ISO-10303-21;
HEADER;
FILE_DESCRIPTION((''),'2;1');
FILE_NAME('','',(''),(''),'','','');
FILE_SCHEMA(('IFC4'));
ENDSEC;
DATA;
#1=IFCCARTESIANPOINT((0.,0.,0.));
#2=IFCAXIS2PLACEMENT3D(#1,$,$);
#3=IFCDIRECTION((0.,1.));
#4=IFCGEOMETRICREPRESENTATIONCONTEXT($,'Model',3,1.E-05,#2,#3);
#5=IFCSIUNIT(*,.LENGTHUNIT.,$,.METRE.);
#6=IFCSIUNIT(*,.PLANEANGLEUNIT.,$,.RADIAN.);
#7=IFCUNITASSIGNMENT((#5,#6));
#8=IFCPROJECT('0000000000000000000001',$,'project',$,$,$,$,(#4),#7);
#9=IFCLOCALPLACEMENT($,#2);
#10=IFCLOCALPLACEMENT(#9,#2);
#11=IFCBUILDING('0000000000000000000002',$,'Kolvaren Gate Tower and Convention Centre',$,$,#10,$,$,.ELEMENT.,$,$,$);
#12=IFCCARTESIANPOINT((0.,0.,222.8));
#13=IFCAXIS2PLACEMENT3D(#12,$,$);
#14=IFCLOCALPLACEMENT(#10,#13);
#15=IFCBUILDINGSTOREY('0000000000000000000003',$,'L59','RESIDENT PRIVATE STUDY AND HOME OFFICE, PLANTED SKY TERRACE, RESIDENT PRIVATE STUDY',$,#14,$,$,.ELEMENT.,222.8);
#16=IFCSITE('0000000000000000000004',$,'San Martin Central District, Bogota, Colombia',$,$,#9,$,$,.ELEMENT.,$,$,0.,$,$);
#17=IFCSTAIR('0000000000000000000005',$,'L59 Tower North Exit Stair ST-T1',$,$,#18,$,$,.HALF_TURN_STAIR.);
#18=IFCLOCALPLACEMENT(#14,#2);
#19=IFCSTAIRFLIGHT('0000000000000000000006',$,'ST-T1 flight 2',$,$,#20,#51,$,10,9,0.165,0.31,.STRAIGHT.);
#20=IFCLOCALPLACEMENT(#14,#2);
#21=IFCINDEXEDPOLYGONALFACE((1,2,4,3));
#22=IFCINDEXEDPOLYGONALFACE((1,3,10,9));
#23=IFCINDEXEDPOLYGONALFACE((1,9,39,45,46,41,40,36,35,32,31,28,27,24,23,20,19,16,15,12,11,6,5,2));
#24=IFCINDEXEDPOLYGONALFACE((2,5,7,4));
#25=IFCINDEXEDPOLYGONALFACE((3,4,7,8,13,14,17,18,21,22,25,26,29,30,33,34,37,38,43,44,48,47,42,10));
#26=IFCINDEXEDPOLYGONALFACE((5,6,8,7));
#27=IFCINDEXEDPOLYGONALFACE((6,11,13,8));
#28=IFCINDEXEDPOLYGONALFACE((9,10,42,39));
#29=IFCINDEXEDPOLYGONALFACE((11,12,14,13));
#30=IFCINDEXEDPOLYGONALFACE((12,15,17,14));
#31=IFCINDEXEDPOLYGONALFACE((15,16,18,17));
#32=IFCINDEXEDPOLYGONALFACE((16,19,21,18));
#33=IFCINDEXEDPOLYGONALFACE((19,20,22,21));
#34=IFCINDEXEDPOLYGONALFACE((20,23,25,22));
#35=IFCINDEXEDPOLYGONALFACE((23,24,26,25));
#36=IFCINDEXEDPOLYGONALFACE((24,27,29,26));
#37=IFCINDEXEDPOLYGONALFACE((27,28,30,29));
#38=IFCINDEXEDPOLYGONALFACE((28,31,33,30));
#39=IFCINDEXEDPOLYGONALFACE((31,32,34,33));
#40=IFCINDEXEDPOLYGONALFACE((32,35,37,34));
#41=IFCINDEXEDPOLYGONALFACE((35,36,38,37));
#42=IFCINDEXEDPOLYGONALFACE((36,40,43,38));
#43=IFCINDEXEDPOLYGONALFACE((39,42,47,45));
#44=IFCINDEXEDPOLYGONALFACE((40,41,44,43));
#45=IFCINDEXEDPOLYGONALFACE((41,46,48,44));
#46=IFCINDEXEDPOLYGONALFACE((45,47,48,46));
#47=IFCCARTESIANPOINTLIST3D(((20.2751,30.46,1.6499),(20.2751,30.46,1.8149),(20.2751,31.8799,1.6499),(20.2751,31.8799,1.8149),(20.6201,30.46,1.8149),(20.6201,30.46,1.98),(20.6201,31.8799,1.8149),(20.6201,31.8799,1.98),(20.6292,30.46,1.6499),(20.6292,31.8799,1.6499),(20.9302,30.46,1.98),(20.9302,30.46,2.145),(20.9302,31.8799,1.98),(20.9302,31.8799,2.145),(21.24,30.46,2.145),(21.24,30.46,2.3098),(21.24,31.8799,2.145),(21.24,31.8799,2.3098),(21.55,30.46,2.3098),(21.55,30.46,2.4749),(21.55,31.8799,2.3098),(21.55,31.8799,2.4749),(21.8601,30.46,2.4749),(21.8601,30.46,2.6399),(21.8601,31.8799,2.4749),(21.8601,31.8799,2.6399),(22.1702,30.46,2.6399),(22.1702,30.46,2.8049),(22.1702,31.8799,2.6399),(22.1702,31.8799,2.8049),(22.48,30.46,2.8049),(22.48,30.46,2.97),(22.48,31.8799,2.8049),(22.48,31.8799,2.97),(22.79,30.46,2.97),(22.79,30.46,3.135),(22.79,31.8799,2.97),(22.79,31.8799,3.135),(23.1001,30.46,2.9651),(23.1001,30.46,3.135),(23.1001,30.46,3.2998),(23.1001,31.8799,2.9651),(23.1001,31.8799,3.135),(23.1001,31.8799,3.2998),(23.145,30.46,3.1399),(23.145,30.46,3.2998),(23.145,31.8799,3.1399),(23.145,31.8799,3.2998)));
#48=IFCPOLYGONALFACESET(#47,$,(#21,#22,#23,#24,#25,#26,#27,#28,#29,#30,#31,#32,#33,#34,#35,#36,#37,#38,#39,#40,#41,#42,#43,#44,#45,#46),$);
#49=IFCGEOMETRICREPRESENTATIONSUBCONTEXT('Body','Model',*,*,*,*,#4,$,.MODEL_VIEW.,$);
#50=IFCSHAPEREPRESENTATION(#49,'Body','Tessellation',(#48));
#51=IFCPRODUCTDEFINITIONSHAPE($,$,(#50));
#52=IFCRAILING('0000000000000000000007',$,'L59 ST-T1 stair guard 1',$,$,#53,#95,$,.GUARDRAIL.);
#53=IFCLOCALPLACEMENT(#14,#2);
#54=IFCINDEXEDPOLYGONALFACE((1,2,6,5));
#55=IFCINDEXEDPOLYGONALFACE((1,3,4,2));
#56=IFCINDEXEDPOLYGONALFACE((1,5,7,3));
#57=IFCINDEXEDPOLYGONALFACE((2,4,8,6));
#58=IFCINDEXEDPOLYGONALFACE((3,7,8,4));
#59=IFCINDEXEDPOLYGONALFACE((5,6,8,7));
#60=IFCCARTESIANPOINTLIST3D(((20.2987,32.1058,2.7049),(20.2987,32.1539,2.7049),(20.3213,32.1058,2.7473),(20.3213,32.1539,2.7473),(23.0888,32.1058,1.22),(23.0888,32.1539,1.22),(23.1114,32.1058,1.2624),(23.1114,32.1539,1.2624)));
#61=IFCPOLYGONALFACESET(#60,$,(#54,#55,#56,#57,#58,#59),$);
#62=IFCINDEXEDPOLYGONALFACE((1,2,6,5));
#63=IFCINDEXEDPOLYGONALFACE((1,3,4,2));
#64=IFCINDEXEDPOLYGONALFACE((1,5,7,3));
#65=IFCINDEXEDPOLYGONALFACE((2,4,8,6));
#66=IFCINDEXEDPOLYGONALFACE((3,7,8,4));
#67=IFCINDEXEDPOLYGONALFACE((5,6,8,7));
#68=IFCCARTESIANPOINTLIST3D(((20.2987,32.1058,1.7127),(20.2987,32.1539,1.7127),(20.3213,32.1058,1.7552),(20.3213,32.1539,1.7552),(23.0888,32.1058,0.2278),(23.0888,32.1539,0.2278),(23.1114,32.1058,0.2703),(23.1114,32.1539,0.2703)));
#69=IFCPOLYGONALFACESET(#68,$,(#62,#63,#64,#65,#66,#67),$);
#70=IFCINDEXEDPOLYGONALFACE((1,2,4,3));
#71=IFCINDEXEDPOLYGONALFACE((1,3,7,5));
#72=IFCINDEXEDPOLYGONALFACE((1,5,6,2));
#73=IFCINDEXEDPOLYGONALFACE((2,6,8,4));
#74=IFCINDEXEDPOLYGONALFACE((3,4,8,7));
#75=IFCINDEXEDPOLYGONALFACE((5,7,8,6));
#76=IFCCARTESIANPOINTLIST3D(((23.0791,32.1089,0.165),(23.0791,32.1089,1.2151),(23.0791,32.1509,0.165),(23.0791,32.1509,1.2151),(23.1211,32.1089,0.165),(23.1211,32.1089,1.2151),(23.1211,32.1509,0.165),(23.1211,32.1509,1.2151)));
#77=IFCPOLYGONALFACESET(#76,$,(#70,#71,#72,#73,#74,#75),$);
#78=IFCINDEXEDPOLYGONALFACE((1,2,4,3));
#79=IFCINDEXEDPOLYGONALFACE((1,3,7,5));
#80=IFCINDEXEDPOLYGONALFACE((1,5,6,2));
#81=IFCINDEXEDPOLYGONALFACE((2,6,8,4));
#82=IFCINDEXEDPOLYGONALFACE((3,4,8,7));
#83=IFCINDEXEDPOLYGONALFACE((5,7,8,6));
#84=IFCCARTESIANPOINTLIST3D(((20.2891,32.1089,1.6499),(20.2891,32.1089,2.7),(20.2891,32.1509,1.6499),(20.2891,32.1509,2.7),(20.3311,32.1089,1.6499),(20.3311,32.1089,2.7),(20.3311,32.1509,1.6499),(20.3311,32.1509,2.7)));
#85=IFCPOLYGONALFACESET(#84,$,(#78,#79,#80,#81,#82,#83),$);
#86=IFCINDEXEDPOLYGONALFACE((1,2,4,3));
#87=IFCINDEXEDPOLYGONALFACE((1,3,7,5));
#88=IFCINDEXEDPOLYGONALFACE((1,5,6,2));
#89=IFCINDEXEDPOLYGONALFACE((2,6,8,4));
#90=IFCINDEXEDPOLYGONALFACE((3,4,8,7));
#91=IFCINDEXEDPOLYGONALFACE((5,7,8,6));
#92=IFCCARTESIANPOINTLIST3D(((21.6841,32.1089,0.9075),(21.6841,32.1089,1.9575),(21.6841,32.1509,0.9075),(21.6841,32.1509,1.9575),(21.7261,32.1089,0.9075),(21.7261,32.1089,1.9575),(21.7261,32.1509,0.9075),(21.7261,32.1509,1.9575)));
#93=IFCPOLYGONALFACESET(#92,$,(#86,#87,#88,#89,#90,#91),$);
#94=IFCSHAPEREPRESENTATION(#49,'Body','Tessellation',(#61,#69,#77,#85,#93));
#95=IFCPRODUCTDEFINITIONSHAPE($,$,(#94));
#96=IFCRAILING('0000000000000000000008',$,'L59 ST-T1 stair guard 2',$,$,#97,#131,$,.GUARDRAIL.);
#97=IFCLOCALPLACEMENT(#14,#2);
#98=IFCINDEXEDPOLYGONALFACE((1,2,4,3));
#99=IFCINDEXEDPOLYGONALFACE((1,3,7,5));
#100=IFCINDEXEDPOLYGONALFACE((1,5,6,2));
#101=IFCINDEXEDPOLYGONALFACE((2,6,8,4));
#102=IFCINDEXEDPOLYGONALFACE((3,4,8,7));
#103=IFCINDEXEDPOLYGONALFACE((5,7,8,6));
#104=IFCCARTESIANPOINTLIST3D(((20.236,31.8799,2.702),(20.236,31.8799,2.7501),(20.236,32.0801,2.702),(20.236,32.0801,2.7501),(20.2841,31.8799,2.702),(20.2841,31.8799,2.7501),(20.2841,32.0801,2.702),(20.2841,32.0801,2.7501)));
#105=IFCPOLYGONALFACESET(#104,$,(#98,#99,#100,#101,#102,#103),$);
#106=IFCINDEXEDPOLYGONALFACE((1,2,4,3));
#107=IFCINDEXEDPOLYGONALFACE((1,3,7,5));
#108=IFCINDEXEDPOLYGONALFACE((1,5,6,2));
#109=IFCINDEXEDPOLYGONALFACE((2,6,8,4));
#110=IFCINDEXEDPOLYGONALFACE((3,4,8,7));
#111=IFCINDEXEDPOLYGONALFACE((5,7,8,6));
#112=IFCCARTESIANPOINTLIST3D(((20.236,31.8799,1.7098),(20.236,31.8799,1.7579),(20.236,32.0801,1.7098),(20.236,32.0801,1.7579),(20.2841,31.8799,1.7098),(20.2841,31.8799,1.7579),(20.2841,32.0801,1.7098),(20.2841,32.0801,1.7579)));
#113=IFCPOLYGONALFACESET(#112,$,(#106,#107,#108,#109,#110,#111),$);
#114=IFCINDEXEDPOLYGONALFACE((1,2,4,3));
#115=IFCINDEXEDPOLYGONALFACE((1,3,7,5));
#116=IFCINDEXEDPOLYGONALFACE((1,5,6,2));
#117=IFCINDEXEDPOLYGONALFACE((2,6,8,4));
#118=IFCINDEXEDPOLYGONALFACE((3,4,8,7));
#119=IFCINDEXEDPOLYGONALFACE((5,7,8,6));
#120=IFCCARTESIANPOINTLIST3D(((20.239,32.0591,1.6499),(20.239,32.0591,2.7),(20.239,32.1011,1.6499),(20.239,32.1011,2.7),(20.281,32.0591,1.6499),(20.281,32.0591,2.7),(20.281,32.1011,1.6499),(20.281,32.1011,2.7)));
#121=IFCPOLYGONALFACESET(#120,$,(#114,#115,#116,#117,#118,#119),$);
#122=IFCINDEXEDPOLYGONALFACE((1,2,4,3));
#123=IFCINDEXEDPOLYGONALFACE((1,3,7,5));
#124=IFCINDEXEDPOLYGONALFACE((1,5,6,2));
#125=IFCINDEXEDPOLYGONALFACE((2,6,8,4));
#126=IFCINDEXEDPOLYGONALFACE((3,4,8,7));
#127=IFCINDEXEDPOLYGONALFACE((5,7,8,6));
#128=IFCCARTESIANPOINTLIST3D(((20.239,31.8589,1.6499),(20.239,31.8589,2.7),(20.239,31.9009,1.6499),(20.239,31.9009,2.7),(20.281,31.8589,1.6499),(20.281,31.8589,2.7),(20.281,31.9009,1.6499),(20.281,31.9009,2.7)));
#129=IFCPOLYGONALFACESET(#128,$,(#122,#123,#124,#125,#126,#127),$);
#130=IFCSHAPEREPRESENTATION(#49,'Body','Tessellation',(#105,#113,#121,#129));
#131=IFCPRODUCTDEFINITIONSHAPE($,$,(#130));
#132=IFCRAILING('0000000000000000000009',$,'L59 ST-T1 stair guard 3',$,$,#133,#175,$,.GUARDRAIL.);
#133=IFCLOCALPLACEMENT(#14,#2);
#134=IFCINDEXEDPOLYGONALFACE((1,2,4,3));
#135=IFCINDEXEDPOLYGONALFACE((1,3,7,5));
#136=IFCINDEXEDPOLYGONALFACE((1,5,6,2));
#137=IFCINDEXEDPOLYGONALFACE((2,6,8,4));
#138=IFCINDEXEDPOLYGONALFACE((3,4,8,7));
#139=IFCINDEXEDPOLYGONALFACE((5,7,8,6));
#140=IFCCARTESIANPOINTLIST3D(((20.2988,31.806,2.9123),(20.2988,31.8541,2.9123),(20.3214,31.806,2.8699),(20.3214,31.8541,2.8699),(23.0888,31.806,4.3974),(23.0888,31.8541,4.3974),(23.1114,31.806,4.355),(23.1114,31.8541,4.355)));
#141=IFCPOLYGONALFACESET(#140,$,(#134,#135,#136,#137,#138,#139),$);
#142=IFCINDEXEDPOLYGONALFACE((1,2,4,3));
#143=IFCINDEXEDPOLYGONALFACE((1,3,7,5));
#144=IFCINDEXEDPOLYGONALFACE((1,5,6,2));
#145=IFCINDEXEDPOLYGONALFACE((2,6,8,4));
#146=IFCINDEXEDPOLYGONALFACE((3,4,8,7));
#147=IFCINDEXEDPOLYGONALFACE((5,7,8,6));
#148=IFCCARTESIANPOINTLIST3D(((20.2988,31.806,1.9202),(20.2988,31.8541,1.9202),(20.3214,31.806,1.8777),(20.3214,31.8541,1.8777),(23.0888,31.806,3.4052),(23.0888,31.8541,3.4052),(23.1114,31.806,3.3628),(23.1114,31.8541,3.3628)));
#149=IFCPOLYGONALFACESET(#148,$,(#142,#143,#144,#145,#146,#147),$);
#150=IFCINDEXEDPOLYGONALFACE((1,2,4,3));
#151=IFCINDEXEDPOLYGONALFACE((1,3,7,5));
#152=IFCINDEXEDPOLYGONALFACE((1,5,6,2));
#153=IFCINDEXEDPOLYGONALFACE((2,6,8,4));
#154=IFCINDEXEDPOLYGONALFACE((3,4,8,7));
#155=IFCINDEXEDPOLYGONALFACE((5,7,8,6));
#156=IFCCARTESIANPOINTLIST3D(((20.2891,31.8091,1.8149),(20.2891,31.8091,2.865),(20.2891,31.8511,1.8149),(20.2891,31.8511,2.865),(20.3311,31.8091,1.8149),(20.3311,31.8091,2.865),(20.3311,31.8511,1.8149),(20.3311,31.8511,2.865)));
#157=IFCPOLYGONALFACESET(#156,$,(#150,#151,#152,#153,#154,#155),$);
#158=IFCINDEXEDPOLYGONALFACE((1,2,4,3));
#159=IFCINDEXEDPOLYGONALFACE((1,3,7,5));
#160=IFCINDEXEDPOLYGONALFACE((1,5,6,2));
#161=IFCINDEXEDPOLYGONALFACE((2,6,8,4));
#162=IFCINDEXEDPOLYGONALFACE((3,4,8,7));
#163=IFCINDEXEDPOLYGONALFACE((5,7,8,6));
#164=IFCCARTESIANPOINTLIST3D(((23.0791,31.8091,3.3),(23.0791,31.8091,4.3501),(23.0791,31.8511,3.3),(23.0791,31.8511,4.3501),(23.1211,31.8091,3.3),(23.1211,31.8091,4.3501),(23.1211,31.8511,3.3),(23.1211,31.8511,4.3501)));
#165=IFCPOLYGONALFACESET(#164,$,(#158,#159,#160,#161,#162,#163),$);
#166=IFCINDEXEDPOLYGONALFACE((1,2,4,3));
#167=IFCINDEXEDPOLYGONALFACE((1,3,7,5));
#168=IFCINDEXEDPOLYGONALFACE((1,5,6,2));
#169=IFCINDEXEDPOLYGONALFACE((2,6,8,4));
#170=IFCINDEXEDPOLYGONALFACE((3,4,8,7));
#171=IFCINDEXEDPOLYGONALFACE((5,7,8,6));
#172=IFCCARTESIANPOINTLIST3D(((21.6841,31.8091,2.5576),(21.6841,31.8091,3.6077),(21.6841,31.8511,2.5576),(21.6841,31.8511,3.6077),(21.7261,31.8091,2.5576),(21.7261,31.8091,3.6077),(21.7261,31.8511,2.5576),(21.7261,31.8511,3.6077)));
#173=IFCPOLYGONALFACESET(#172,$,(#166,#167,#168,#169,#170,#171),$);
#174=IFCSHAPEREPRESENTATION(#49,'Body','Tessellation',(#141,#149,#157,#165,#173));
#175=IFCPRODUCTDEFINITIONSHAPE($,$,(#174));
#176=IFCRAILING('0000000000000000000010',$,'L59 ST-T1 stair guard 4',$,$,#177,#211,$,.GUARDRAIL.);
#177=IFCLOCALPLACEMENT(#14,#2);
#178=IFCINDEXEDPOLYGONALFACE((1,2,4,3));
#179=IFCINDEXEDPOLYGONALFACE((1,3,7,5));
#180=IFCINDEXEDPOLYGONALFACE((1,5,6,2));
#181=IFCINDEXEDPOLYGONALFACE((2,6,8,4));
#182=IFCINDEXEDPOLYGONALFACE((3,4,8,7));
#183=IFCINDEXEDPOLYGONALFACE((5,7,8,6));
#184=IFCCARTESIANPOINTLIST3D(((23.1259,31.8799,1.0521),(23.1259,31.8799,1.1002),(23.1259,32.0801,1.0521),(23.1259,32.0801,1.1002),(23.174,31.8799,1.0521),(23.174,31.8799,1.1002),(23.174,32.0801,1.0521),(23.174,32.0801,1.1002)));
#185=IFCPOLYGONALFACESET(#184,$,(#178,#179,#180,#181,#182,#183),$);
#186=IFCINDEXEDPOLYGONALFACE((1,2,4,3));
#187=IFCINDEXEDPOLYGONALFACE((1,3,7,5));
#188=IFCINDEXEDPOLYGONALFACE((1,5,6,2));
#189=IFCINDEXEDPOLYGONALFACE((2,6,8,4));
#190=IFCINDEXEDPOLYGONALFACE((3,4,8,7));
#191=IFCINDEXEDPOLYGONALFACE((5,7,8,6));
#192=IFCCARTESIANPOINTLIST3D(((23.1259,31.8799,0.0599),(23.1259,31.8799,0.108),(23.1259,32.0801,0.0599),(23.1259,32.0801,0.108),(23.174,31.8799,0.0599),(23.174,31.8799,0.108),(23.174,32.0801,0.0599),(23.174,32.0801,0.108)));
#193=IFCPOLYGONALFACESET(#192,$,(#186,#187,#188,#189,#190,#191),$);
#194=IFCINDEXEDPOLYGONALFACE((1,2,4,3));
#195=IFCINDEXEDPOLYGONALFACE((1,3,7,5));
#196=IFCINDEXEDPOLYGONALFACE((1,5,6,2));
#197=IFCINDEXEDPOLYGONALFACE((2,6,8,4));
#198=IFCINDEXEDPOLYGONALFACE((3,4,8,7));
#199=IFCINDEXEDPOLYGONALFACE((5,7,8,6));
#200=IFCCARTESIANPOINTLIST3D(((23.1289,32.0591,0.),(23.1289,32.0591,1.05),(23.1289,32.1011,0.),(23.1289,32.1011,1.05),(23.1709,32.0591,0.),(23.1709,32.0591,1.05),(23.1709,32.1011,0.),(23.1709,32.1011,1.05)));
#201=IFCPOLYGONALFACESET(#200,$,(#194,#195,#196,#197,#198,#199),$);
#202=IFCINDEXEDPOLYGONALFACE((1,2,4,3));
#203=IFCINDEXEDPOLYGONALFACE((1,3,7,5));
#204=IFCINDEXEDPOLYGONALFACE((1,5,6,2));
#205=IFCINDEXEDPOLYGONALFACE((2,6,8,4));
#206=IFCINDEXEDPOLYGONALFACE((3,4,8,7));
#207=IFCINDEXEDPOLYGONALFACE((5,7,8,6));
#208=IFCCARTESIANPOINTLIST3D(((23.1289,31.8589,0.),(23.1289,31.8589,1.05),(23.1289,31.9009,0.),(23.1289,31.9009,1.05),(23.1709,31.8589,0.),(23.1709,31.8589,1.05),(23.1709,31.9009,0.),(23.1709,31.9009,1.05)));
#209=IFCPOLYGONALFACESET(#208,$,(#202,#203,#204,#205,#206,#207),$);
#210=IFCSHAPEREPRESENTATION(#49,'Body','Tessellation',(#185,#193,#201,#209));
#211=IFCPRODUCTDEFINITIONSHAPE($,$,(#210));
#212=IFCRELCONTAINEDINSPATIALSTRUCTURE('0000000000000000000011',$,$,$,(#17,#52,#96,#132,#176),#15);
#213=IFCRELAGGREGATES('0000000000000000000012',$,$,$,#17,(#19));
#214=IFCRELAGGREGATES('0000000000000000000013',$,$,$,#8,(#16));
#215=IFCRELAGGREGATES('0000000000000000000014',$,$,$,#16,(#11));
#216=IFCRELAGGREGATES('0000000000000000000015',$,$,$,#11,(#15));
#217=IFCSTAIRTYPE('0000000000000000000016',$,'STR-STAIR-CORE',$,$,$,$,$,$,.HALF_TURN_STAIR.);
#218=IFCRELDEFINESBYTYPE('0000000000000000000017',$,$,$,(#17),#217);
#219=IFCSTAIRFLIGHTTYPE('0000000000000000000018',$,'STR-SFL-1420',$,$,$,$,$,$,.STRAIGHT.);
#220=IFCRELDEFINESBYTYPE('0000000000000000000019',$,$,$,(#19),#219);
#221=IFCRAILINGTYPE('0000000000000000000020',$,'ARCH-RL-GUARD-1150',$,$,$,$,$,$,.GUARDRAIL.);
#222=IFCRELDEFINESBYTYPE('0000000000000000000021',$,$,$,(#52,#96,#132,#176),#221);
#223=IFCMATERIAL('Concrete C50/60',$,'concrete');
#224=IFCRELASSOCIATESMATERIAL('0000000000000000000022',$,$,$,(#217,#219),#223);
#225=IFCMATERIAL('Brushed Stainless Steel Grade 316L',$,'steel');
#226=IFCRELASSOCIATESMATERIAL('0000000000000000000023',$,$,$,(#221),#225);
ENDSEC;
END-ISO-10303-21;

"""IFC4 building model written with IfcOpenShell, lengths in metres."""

from ifc_helpers import new_model, si_unit, direction, frame, origin, origin_2d, place, context, subcontext, project, spatial, polyline, rectangle, outline, extrude, material, type_object, element, aggregate, save


model = new_model("IFC4")

# Units and contexts
model_context = context("Model", 3, precision=1e-05, world=origin(), true_north=direction((0.0, 1.0)))
body_context = subcontext(model_context, "Body", "Model", "MODEL_VIEW")
ifc_project = project(units=[si_unit("LENGTHUNIT", "METRE"), si_unit("PLANEANGLEUNIT", "RADIAN")], contexts=[model_context])

# Site, building, storey
site_placement = place(None, origin())
site = spatial("IfcSite", under=ifc_project, at=site_placement, Name="San Martin Central District, Bogota, Colombia", CompositionType="ELEMENT", RefElevation=0.0)
building_placement = place(site_placement, origin())
building = spatial("IfcBuilding", under=site, at=building_placement, Name="Kolvaren Gate Tower and Convention Centre", CompositionType="ELEMENT")
storey_placement = place(building_placement, frame((0.0, 0.0, 222.8)))
storey = spatial("IfcBuildingStorey", under=building, at=storey_placement, Name="L59", Description="RESIDENT PRIVATE STUDY AND HOME OFFICE, PLANTED SKY TERRACE, RESIDENT PRIVATE STUDY", CompositionType="ELEMENT", Elevation=222.8)

# Shared definitions
ifc_material_1 = material(Name="Brushed Stainless Steel Grade 316L", Category="steel")

# Shared definitions
ifc_material_2 = material(Name="Concrete C50/60", Category="concrete")

# Stair, stair flight
stair_type = type_object("IfcStairType", Name="STR-STAIR-CORE", PredefinedType="HALF_TURN_STAIR", material=ifc_material_2)
stair_placement = place(storey_placement, origin())
stair = element("IfcStair", 1, at=stair_placement, inside=storey, type_object=stair_type, Name="L59 Tower North Exit Stair ST-T1", PredefinedType="HALF_TURN_STAIR")
stair_flight_type = type_object("IfcStairFlightType", Name="STR-SFL-1420", PredefinedType="STRAIGHT", material=ifc_material_2)
stair_flight_placement = place(storey_placement, frame((20.3101, 31.1699, 1.6499), z_axis=(0.0, 0.0, 1.0), x_axis=(1.0, 0.0, 0.0)))
stair_flight = element("IfcStairFlight", 2, at=stair_flight_placement, type_object=stair_flight_type, Name="ST-T1 flight 2", NumberOfRisers=10, NumberOfTreads=9, PredefinedType="STRAIGHT", RiserHeight=0.165, TreadLength=0.31, context=body_context, shape_type="SweptSolid", body=[
    extrude(outline(polyline([(-0.0349, 0.0), (-0.0349, 0.165), (0.3101, 0.165), (0.3101, 0.3301), (0.6201, 0.3301), (0.6201, 0.4951), (0.9299, 0.4951), (0.9299, 0.6599), (1.24, 0.6599), (1.24, 0.825), (1.55, 0.825), (1.55, 0.99), (1.8601, 0.99), (1.8601, 1.155), (2.1699, 1.155), (2.1699, 1.3201), (2.48, 1.3201), (2.48, 1.4851), (2.79, 1.4851), (2.79, 1.6499), (2.835, 1.6499), (2.835, 1.49), (2.79, 1.3152), (0.3191, 0.0), (-0.0349, 0.0)])), frame((0.0, 0.71, 0.0), z_axis=(0.0, -1.0, 0.0), x_axis=(1.0, 0.0, 0.0)), (0.0, 0.0, 1.0), 1.4199),
])
aggregate(stair, [stair_flight])

# Railings
railing_type_1 = type_object("IfcRailingType", Name="ARCH-RL-GUARD-1150", PredefinedType="GUARDRAIL", material=ifc_material_1)
railing_1_placement = place(storey_placement, frame((23.1001, 32.1299, 0.165)))
element("IfcRailing", 3, at=railing_1_placement, inside=storey, type_object=railing_type_1, Name="L59 ST-T1 stair guard 1", PredefinedType="GUARDRAIL", context=body_context, shape_type="SweptSolid", body=[
    extrude(rectangle(XDim=0.0481, YDim=0.0481, at=origin_2d()), frame((0.0, 0.0, 1.0762), z_axis=(-0.882767, 0.0, 0.46981), x_axis=(0.0, -1.0, 0.0)), (0.0, 0.0, 1.0), 3.1606),
    extrude(rectangle(XDim=0.0481, YDim=0.0481, at=origin_2d()), frame((0.0, 0.0, 0.084), z_axis=(-0.882767, 0.0, 0.46981), x_axis=(0.0, -1.0, 0.0)), (0.0, 0.0, 1.0), 3.1606),
    extrude(rectangle(XDim=0.042, YDim=0.042, at=origin_2d()), origin(), (0.0, 0.0, 1.0), 1.05),
    extrude(rectangle(XDim=0.042, YDim=0.042, at=origin_2d()), frame((-2.79, 0.0, 1.4849)), (0.0, 0.0, 1.0), 1.05),
    extrude(rectangle(XDim=0.042, YDim=0.042, at=origin_2d()), frame((-1.395, 0.0, 0.7424)), (0.0, 0.0, 1.0), 1.05),
])
railing_2_placement = place(storey_placement, frame((20.26, 32.0801, 1.6499)))
element("IfcRailing", 4, at=railing_2_placement, inside=storey, type_object=railing_type_1, Name="L59 ST-T1 stair guard 2", PredefinedType="GUARDRAIL", context=body_context, shape_type="SweptSolid", body=[
    extrude(rectangle(XDim=0.0481, YDim=0.0481, at=origin_2d()), frame((0.0, 0.0, 1.0762), z_axis=(0.0, -1.0, 0.0), x_axis=(1.0, 0.0, 0.0)), (0.0, 0.0, 1.0), 0.2002),
    extrude(rectangle(XDim=0.0481, YDim=0.0481, at=origin_2d()), frame((0.0, 0.0, 0.084), z_axis=(0.0, -1.0, 0.0), x_axis=(1.0, 0.0, 0.0)), (0.0, 0.0, 1.0), 0.2002),
    extrude(rectangle(XDim=0.042, YDim=0.042, at=origin_2d()), origin(), (0.0, 0.0, 1.0), 1.05),
    extrude(rectangle(XDim=0.042, YDim=0.042, at=origin_2d()), frame((0.0, -0.2002, 0.0)), (0.0, 0.0, 1.0), 1.05),
])
railing_3_placement = place(storey_placement, frame((20.3101, 31.8301, 1.8149)))
element("IfcRailing", 5, at=railing_3_placement, inside=storey, type_object=railing_type_1, Name="L59 ST-T1 stair guard 3", PredefinedType="GUARDRAIL", context=body_context, shape_type="SweptSolid", body=[
    extrude(rectangle(XDim=0.0481, YDim=0.0481, at=origin_2d()), frame((0.0, 0.0, 1.0762), z_axis=(0.882735, 0.0, 0.46987), x_axis=(0.0, 1.0, 0.0)), (0.0, 0.0, 1.0), 3.1606),
    extrude(rectangle(XDim=0.0481, YDim=0.0481, at=origin_2d()), frame((0.0, 0.0, 0.084), z_axis=(0.882735, 0.0, 0.46987), x_axis=(0.0, 1.0, 0.0)), (0.0, 0.0, 1.0), 3.1606),
    extrude(rectangle(XDim=0.042, YDim=0.042, at=origin_2d()), origin(), (0.0, 0.0, 1.0), 1.05),
    extrude(rectangle(XDim=0.042, YDim=0.042, at=origin_2d()), frame((2.79, 0.0, 1.4851)), (0.0, 0.0, 1.0), 1.05),
    extrude(rectangle(XDim=0.042, YDim=0.042, at=origin_2d()), frame((1.395, 0.0, 0.7427)), (0.0, 0.0, 1.0), 1.05),
])
railing_4_placement = place(storey_placement, frame((23.1499, 32.0801, 0.0)))
element("IfcRailing", 6, at=railing_4_placement, inside=storey, type_object=railing_type_1, Name="L59 ST-T1 stair guard 4", PredefinedType="GUARDRAIL", context=body_context, shape_type="SweptSolid", body=[
    extrude(rectangle(XDim=0.0481, YDim=0.0481, at=origin_2d()), frame((0.0, 0.0, 1.0762), z_axis=(0.0, -1.0, 0.0), x_axis=(1.0, 0.0, 0.0)), (0.0, 0.0, 1.0), 0.2002),
    extrude(rectangle(XDim=0.0481, YDim=0.0481, at=origin_2d()), frame((0.0, 0.0, 0.084), z_axis=(0.0, -1.0, 0.0), x_axis=(1.0, 0.0, 0.0)), (0.0, 0.0, 1.0), 0.2002),
    extrude(rectangle(XDim=0.042, YDim=0.042, at=origin_2d()), origin(), (0.0, 0.0, 1.0), 1.05),
    extrude(rectangle(XDim=0.042, YDim=0.042, at=origin_2d()), frame((0.0, -0.2002, 0.0)), (0.0, 0.0, 1.0), 1.05),
])

save(model, "model.ifc")
